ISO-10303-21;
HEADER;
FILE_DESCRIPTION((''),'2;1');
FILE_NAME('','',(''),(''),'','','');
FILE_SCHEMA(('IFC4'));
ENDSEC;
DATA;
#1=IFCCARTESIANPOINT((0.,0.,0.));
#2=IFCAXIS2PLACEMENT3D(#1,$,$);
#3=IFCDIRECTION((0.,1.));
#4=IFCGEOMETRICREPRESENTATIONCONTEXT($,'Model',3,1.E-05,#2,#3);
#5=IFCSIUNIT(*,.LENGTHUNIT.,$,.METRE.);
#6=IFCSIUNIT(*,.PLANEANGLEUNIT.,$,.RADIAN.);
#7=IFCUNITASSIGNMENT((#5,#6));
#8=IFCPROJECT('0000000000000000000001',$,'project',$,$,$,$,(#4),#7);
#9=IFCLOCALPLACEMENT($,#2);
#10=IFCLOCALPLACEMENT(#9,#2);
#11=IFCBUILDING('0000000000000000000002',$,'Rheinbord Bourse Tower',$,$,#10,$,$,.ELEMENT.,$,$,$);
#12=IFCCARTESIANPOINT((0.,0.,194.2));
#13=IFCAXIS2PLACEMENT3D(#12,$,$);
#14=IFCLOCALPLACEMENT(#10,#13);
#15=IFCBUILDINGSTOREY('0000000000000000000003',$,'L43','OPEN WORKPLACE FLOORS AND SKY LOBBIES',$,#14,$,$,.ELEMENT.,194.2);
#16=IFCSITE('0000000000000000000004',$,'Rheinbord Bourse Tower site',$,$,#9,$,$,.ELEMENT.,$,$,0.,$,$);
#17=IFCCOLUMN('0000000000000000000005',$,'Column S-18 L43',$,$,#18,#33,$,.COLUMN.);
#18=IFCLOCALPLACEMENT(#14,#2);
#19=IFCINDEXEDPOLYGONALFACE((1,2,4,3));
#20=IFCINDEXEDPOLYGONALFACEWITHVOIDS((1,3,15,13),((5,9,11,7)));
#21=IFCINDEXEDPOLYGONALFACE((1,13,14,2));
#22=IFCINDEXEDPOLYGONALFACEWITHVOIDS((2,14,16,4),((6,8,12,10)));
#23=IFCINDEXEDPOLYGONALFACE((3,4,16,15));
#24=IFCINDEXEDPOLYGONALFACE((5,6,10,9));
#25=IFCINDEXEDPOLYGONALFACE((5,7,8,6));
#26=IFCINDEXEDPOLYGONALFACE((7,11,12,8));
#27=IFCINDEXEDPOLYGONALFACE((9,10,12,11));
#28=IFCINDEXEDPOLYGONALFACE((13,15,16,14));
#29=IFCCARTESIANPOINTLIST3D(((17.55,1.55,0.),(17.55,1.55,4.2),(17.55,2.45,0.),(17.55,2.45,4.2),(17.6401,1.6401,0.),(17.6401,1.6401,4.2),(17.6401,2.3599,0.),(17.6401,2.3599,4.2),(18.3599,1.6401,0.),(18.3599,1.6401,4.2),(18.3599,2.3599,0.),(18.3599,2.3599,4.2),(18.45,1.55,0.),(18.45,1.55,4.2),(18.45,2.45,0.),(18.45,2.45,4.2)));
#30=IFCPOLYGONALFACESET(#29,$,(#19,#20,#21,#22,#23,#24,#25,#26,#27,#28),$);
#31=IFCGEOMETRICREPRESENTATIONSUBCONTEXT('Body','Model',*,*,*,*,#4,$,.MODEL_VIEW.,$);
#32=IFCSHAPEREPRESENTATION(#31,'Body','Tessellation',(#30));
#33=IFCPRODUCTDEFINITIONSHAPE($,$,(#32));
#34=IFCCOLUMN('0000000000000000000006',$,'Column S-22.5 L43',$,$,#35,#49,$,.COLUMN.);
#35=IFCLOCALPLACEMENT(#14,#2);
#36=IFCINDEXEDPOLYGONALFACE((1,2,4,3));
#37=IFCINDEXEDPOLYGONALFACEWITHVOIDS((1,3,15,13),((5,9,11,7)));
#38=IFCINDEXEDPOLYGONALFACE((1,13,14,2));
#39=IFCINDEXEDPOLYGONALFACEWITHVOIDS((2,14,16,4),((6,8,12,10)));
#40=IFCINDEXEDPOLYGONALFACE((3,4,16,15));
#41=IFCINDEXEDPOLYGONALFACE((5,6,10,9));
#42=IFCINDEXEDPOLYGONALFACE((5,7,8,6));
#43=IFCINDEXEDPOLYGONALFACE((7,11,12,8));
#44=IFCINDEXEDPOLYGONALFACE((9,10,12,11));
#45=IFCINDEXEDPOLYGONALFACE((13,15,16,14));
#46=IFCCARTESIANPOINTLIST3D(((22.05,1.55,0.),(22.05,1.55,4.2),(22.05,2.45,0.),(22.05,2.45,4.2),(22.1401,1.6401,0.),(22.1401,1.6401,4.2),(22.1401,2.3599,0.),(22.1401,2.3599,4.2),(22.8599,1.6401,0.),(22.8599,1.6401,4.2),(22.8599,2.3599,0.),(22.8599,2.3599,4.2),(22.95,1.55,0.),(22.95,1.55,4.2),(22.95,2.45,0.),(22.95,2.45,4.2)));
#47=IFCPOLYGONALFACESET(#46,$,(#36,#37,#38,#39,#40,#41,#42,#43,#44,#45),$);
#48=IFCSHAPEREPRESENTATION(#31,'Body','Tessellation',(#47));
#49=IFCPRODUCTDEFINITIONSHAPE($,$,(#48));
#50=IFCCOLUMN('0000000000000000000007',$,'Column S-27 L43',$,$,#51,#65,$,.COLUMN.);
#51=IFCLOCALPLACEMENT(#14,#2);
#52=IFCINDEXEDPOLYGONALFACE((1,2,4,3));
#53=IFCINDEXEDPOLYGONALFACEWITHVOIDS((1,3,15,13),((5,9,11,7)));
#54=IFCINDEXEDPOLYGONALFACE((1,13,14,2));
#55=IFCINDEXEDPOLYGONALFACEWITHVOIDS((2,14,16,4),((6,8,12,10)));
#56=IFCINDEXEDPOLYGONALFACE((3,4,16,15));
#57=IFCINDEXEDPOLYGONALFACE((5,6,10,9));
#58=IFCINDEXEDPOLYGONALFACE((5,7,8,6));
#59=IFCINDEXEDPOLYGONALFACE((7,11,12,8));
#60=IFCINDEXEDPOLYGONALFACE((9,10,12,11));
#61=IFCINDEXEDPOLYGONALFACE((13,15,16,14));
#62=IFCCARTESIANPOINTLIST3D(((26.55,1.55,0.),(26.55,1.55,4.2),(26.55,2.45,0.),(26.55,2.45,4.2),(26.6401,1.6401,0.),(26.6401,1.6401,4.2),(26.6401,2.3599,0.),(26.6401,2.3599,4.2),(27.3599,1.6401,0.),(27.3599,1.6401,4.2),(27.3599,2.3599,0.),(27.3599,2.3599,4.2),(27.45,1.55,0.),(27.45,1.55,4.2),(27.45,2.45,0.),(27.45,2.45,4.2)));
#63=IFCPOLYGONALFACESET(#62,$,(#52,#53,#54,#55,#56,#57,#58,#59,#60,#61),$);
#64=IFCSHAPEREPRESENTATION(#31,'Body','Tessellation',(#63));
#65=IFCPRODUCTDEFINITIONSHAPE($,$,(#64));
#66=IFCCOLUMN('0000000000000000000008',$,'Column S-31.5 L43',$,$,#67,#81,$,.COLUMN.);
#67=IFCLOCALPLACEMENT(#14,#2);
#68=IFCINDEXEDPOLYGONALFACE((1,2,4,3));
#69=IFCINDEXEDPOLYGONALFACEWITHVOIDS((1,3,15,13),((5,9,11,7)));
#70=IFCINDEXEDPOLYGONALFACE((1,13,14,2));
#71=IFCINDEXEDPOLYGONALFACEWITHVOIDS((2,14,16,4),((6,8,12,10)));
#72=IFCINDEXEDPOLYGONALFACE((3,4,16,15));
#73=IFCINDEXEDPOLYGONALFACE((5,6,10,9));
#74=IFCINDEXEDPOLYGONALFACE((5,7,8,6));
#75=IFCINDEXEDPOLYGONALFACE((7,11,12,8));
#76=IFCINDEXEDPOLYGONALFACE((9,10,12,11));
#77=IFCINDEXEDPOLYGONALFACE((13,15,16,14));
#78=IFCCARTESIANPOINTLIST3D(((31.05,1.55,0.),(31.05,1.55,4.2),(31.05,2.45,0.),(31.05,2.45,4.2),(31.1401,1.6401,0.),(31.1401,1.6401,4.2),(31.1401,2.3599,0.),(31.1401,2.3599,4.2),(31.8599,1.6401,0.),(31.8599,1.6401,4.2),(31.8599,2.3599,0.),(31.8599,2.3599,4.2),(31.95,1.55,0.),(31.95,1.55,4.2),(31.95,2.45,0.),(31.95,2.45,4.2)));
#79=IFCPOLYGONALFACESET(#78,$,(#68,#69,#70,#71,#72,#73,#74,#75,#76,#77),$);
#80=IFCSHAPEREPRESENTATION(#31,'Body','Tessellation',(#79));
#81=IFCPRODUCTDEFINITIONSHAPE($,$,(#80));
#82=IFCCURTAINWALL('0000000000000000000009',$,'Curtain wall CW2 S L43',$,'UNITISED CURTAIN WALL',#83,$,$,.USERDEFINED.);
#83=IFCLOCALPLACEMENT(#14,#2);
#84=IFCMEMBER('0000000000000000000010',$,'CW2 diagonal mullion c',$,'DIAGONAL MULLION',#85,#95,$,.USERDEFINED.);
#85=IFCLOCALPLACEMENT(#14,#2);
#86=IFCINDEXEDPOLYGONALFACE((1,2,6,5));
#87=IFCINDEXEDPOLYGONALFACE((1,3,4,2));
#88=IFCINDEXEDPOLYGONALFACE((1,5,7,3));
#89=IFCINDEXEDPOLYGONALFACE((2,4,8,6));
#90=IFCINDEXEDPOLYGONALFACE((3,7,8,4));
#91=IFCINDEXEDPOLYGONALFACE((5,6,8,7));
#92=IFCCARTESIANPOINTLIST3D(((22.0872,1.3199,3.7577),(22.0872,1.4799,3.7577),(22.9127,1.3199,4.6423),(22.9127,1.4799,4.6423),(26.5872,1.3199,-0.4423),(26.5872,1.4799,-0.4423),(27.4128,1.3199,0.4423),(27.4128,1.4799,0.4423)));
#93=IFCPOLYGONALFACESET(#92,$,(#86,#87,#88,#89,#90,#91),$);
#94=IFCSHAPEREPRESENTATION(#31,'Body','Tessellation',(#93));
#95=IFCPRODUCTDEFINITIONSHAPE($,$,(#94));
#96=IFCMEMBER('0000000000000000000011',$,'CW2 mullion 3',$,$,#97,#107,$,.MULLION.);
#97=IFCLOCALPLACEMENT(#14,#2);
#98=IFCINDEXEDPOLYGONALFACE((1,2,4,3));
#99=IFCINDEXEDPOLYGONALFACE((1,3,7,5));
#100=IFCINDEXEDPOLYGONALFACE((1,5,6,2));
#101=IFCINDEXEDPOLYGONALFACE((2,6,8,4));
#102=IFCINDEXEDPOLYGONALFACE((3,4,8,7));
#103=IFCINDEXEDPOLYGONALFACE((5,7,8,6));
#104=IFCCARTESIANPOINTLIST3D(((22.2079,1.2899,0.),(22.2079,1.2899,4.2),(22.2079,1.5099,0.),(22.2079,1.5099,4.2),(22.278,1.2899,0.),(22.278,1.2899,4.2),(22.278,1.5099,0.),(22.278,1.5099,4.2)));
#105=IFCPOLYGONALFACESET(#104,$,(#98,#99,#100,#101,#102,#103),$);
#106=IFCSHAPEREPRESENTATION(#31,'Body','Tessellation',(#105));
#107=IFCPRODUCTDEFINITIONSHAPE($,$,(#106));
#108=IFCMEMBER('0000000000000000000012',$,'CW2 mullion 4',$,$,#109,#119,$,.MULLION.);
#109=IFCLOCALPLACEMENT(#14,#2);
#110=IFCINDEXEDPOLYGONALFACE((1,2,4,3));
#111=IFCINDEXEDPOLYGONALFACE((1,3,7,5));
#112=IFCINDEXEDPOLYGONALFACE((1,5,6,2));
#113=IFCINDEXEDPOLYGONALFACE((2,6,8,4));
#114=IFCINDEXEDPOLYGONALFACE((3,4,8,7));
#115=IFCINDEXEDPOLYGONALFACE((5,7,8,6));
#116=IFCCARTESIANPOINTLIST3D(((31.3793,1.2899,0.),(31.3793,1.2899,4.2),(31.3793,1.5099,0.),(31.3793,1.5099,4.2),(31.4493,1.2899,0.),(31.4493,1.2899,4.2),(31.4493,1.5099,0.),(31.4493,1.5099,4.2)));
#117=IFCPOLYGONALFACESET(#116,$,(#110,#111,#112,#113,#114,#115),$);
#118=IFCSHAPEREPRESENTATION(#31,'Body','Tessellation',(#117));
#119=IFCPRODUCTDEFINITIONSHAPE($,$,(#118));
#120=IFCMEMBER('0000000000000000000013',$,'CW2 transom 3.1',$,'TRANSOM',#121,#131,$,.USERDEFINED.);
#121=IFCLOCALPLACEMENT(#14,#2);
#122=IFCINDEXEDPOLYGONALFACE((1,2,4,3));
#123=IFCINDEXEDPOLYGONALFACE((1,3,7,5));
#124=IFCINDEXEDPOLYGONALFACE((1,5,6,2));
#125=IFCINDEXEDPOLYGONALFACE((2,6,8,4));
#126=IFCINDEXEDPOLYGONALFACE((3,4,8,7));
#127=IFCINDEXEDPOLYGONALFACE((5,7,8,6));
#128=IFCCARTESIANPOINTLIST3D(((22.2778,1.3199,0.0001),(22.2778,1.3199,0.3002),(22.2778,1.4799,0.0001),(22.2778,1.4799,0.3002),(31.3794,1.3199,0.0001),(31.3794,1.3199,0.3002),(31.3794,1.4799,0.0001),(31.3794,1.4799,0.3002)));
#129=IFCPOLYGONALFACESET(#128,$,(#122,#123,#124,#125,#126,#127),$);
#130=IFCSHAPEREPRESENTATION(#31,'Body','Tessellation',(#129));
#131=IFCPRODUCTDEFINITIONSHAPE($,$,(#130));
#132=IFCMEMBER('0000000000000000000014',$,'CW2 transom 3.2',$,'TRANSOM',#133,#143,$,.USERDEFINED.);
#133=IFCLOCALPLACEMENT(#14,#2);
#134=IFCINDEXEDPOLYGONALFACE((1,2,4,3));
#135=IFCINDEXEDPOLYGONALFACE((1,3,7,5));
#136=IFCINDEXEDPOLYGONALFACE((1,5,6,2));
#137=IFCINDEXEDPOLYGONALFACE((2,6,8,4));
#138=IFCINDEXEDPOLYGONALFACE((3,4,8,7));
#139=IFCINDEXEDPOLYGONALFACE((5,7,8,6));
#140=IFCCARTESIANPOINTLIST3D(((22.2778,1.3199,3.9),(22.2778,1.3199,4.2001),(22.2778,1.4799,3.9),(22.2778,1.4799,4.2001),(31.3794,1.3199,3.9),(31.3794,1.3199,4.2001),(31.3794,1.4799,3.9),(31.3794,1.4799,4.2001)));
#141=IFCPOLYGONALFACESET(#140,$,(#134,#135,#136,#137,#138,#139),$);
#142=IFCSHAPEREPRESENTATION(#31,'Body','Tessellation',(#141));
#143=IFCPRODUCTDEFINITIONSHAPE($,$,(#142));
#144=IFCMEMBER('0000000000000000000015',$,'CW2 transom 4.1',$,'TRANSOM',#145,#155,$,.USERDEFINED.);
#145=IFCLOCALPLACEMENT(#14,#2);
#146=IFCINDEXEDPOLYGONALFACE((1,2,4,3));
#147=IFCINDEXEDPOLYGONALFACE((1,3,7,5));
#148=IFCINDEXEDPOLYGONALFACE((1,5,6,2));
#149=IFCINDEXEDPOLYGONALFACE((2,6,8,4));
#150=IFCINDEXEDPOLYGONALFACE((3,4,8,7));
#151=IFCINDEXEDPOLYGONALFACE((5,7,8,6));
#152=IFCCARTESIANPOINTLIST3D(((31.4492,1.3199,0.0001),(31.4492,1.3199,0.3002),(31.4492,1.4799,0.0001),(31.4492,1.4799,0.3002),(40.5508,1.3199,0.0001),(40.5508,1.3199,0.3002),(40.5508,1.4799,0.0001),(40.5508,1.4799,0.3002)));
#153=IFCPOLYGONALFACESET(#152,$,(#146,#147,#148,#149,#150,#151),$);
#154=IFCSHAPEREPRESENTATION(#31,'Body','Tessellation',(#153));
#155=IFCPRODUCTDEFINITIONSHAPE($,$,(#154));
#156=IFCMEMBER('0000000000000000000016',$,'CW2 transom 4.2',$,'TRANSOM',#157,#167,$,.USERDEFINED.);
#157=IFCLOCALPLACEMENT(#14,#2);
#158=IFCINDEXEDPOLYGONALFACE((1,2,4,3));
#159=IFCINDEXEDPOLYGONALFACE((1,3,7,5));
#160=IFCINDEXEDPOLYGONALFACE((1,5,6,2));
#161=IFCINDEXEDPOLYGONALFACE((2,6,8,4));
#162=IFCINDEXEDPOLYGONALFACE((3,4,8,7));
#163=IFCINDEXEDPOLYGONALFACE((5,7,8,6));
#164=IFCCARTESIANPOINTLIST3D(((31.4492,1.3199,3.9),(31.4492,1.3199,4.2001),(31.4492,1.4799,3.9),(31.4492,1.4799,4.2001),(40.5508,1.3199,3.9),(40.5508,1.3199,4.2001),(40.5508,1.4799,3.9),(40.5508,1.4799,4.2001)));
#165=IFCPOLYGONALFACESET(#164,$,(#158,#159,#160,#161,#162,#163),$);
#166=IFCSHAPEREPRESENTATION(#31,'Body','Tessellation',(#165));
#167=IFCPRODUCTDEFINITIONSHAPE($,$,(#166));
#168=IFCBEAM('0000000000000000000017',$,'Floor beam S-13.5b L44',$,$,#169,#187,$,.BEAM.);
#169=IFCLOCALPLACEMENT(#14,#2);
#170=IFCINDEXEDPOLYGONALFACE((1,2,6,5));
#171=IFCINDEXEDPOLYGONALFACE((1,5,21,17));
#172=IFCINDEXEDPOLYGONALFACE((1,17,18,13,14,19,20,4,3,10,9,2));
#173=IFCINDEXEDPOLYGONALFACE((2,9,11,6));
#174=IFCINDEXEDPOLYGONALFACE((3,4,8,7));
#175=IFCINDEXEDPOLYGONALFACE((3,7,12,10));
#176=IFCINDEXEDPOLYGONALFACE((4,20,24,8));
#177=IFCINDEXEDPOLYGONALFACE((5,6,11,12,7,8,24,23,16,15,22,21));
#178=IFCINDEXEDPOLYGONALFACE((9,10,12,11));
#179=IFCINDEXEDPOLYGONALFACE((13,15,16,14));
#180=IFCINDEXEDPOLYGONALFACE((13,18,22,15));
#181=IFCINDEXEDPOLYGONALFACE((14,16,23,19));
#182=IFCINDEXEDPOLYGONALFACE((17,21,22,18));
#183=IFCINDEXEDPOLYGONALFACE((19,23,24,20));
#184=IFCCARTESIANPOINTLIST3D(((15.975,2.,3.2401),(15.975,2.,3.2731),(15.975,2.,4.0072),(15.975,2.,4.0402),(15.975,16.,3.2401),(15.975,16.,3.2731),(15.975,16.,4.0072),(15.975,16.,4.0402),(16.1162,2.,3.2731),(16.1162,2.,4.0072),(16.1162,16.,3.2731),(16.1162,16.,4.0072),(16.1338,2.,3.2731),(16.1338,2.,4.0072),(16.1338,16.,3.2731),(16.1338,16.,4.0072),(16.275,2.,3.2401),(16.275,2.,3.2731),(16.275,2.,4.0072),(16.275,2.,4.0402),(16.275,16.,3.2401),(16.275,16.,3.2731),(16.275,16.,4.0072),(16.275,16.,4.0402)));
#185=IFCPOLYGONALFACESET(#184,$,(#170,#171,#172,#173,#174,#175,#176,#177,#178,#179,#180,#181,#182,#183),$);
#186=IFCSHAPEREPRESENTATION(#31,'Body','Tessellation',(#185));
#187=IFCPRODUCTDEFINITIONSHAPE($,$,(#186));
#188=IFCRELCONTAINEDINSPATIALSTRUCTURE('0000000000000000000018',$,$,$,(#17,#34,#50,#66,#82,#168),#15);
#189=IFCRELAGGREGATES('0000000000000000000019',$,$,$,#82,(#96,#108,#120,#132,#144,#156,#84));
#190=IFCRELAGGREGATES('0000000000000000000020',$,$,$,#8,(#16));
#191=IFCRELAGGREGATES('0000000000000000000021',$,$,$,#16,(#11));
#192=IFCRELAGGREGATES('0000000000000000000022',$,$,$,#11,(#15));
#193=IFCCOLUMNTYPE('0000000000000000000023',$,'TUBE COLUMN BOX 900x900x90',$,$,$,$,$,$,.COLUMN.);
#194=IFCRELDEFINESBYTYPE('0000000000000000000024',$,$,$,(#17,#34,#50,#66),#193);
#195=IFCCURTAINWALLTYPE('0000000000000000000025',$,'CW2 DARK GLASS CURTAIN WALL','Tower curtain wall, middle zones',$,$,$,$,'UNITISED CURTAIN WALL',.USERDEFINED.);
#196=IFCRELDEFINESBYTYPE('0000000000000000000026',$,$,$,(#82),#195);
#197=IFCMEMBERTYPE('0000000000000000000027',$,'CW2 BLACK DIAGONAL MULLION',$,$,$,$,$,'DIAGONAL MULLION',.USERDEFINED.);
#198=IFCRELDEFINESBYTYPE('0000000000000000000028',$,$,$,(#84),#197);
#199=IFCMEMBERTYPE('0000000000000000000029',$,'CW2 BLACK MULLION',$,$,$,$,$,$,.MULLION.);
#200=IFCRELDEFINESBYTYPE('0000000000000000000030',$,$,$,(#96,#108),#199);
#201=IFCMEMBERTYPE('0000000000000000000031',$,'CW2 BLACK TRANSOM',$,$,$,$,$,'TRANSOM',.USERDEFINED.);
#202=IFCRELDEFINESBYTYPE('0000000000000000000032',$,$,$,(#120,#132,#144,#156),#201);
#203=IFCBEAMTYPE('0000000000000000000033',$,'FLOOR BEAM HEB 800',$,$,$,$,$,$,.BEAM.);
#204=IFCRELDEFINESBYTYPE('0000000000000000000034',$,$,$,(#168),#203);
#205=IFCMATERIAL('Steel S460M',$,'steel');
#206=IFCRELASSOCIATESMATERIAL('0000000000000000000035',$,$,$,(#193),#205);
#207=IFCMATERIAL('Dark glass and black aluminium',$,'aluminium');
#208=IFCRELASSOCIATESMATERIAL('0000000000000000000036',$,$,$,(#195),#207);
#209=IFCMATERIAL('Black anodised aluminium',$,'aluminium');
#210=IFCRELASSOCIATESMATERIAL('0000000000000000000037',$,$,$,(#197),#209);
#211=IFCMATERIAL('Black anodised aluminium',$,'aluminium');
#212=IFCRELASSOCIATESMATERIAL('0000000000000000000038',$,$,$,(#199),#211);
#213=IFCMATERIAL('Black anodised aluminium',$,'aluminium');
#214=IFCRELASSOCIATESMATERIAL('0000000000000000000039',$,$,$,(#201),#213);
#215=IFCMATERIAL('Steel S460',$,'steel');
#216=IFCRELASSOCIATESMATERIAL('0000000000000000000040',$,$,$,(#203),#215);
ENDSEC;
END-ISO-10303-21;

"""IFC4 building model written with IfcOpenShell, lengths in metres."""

from ifc_helpers import new_model, si_unit, direction, frame, origin, origin_2d, place, context, subcontext, project, spatial, rectangle, hollow_rectangle, i_section, extrude, material, material_profile, profile_set, type_object, element, aggregate, save


model = new_model("IFC4")

# Units and contexts
model_context = context("Model", 3, precision=1e-05, world=origin(), true_north=direction((0.0, 1.0)))
body_context = subcontext(model_context, "Body", "Model", "MODEL_VIEW")
ifc_project = project(units=[si_unit("LENGTHUNIT", "METRE"), si_unit("PLANEANGLEUNIT", "RADIAN")], contexts=[model_context])

# Site, building, storey
site_placement = place(None, origin())
site = spatial("IfcSite", under=ifc_project, at=site_placement, Name="Rheinbord Bourse Tower site", CompositionType="ELEMENT", RefElevation=0.0)
building_placement = place(site_placement, origin())
building = spatial("IfcBuilding", under=site, at=building_placement, Name="Rheinbord Bourse Tower", CompositionType="ELEMENT")
storey_placement = place(building_placement, frame((0.0, 0.0, 194.2)))
storey = spatial("IfcBuildingStorey", under=building, at=storey_placement, Name="L43", Description="OPEN WORKPLACE FLOORS AND SKY LOBBIES", CompositionType="ELEMENT", Elevation=194.2)

# Columns
ifc_material_1 = material(Name="Steel S460M", Category="steel")
ifc_material_profile_1 = material_profile(ifc_material_1, hollow_rectangle(XDim=0.8999, YDim=0.8999, WallThickness=0.0901, at=origin_2d()), Name="BOX 900x900x90")
ifc_profile_set_1 = profile_set([ifc_material_profile_1], Name="Steel S460M")
column_type = type_object("IfcColumnType", Name="TUBE COLUMN BOX 900x900x90", PredefinedType="COLUMN", material=ifc_profile_set_1)
for number, where, z_axis, x_axis, name in (
    (1, (18.0, 2.0, 0.0), (0.0, 0.0, 1.0), (0.0, 1.0, 0.0), "Column S-18 L43"),
    (2, (22.5, 2.0, 0.0), (0.0, 0.0, 1.0), (0.0, 1.0, 0.0), "Column S-22.5 L43"),
    (3, (27.0, 2.0, 0.0), (0.0, 0.0, 1.0), (0.0, 1.0, 0.0), "Column S-27 L43"),
    (4, (31.5, 2.0, 0.0), (0.0, 0.0, 1.0), (0.0, 1.0, 0.0), "Column S-31.5 L43"),
):
    element("IfcColumn", number, at=place(storey_placement, frame(where, z_axis=z_axis, x_axis=x_axis)), inside=storey, type_object=column_type, Name=name, PredefinedType="COLUMN", context=body_context, shape_type="SweptSolid", body=[
        extrude(hollow_rectangle(XDim=0.8999, YDim=0.8999, WallThickness=0.0901, at=origin_2d()), origin(), (0.0, 0.0, 1.0), 4.2),
    ])

# Curtain wall, members
ifc_material_2 = material(Name="Dark glass and black aluminium", Category="aluminium")
curtain_wall_type = type_object("IfcCurtainWallType", Name="CW2 DARK GLASS CURTAIN WALL", Description="Tower curtain wall, middle zones", ElementType="UNITISED CURTAIN WALL", PredefinedType="USERDEFINED", material=ifc_material_2)
curtain_wall_placement = place(storey_placement, origin())
curtain_wall = element("IfcCurtainWall", 5, at=curtain_wall_placement, inside=storey, type_object=curtain_wall_type, Name="Curtain wall CW2 S L43", ObjectType="UNITISED CURTAIN WALL", PredefinedType="USERDEFINED")
ifc_material_3 = material(Name="Black anodised aluminium", Category="aluminium")
ifc_material_profile_2 = material_profile(ifc_material_3, rectangle(XDim=0.1599, YDim=1.21, at=origin_2d()), Name="CW2 DIAGONAL MULLION 1210x160")
ifc_profile_set_2 = profile_set([ifc_material_profile_2], Name="Black anodised aluminium")
member_type_1 = type_object("IfcMemberType", Name="CW2 BLACK DIAGONAL MULLION", ElementType="DIAGONAL MULLION", PredefinedType="USERDEFINED", material=ifc_profile_set_2)
member_1_placement = place(storey_placement, frame((27.0, 1.3999, 0.0), z_axis=(-0.731059, 0.0, 0.682314), x_axis=(0.0, -1.0, 0.0)))
member_1 = element("IfcMember", 6, at=member_1_placement, type_object=member_type_1, Name="CW2 diagonal mullion c", ObjectType="DIAGONAL MULLION", PredefinedType="USERDEFINED", context=body_context, shape_type="SweptSolid", body=[
    extrude(rectangle(XDim=0.1599, YDim=1.21, at=origin_2d()), origin(), (0.0, 0.0, 1.0), 6.1555),
])
ifc_material_4 = material(Name="Black anodised aluminium", Category="aluminium")
ifc_material_profile_3 = material_profile(ifc_material_4, rectangle(XDim=0.22, YDim=0.0701, at=origin_2d()), Name="CW2 MULLION 70x220")
ifc_profile_set_3 = profile_set([ifc_material_profile_3], Name="Black anodised aluminium")
member_type_2 = type_object("IfcMemberType", Name="CW2 BLACK MULLION", PredefinedType="MULLION", material=ifc_profile_set_3)
member_2_placement = place(storey_placement, frame((22.2429, 1.3999, 0.0), z_axis=(0.0, 0.0, 1.0), x_axis=(0.0, 1.0, 0.0)))
member_2 = element("IfcMember", 7, at=member_2_placement, type_object=member_type_2, Name="CW2 mullion 3", PredefinedType="MULLION", context=body_context, shape_type="SweptSolid", body=[
    extrude(rectangle(XDim=0.22, YDim=0.0701, at=origin_2d()), origin(), (0.0, 0.0, 1.0), 4.2),
])
member_3_placement = place(storey_placement, frame((31.4143, 1.3999, 0.0), z_axis=(0.0, 0.0, 1.0), x_axis=(0.0, 1.0, 0.0)))
member_3 = element("IfcMember", 8, at=member_3_placement, type_object=member_type_2, Name="CW2 mullion 4", PredefinedType="MULLION", context=body_context, shape_type="SweptSolid", body=[
    extrude(rectangle(XDim=0.22, YDim=0.0701, at=origin_2d()), origin(), (0.0, 0.0, 1.0), 4.2),
])
ifc_material_5 = material(Name="Black anodised aluminium", Category="aluminium")
ifc_material_profile_4 = material_profile(ifc_material_5, rectangle(XDim=0.1599, YDim=0.3, at=origin_2d()), Name="CW2 TRANSOM 300x160")
ifc_profile_set_4 = profile_set([ifc_material_profile_4], Name="Black anodised aluminium")
member_type_3 = type_object("IfcMemberType", Name="CW2 BLACK TRANSOM", ElementType="TRANSOM", PredefinedType="USERDEFINED", material=ifc_profile_set_4)
member_4_placement = place(storey_placement, frame((22.2778, 1.3999, 0.1501), z_axis=(1.0, 0.0, 0.0), x_axis=(0.0, 1.0, 0.0)))
member_4 = element("IfcMember", 9, at=member_4_placement, type_object=member_type_3, Name="CW2 transom 3.1", ObjectType="TRANSOM", PredefinedType="USERDEFINED", context=body_context, shape_type="SweptSolid", body=[
    extrude(rectangle(XDim=0.1599, YDim=0.3, at=origin_2d()), origin(), (0.0, 0.0, 1.0), 9.1016),
])
member_5_placement = place(storey_placement, frame((22.2778, 1.3999, 4.05), z_axis=(1.0, 0.0, 0.0), x_axis=(0.0, 1.0, 0.0)))
member_5 = element("IfcMember", 10, at=member_5_placement, type_object=member_type_3, Name="CW2 transom 3.2", ObjectType="TRANSOM", PredefinedType="USERDEFINED", context=body_context, shape_type="SweptSolid", body=[
    extrude(rectangle(XDim=0.1599, YDim=0.3, at=origin_2d()), origin(), (0.0, 0.0, 1.0), 9.1016),
])
member_6_placement = place(storey_placement, frame((31.4492, 1.3999, 0.1501), z_axis=(1.0, 0.0, 0.0), x_axis=(0.0, 1.0, 0.0)))
member_6 = element("IfcMember", 11, at=member_6_placement, type_object=member_type_3, Name="CW2 transom 4.1", ObjectType="TRANSOM", PredefinedType="USERDEFINED", context=body_context, shape_type="SweptSolid", body=[
    extrude(rectangle(XDim=0.1599, YDim=0.3, at=origin_2d()), origin(), (0.0, 0.0, 1.0), 9.1016),
])
member_7_placement = place(storey_placement, frame((31.4492, 1.3999, 4.05), z_axis=(1.0, 0.0, 0.0), x_axis=(0.0, 1.0, 0.0)))
member_7 = element("IfcMember", 12, at=member_7_placement, type_object=member_type_3, Name="CW2 transom 4.2", ObjectType="TRANSOM", PredefinedType="USERDEFINED", context=body_context, shape_type="SweptSolid", body=[
    extrude(rectangle(XDim=0.1599, YDim=0.3, at=origin_2d()), origin(), (0.0, 0.0, 1.0), 9.1016),
])

# Beam
ifc_material_6 = material(Name="Steel S460", Category="steel")
ifc_material_profile_5 = material_profile(ifc_material_6, i_section(OverallWidth=0.3, OverallDepth=0.8, WebThickness=0.0176, FlangeThickness=0.033, at=origin_2d()), Name="HEB 800")
ifc_profile_set_5 = profile_set([ifc_material_profile_5], Name="Steel S460")
beam_type_1 = type_object("IfcBeamType", Name="FLOOR BEAM HEB 800", PredefinedType="BEAM", material=ifc_profile_set_5)
beam_placement = place(storey_placement, frame((16.125, 2.0, 3.6401), z_axis=(0.0, 1.0, 0.0), x_axis=(-1.0, 0.0, 0.0)))
element("IfcBeam", 13, at=beam_placement, inside=storey, type_object=beam_type_1, Name="Floor beam S-13.5b L44", PredefinedType="BEAM", context=body_context, shape_type="SweptSolid", body=[
    extrude(i_section(OverallWidth=0.3, OverallDepth=0.8, WebThickness=0.0176, FlangeThickness=0.033, at=origin_2d()), origin(), (0.0, 0.0, 1.0), 14.0),
])

aggregate(curtain_wall, [member_2, member_3, member_4, member_5, member_6, member_7, member_1])

save(model, "model.ifc")
